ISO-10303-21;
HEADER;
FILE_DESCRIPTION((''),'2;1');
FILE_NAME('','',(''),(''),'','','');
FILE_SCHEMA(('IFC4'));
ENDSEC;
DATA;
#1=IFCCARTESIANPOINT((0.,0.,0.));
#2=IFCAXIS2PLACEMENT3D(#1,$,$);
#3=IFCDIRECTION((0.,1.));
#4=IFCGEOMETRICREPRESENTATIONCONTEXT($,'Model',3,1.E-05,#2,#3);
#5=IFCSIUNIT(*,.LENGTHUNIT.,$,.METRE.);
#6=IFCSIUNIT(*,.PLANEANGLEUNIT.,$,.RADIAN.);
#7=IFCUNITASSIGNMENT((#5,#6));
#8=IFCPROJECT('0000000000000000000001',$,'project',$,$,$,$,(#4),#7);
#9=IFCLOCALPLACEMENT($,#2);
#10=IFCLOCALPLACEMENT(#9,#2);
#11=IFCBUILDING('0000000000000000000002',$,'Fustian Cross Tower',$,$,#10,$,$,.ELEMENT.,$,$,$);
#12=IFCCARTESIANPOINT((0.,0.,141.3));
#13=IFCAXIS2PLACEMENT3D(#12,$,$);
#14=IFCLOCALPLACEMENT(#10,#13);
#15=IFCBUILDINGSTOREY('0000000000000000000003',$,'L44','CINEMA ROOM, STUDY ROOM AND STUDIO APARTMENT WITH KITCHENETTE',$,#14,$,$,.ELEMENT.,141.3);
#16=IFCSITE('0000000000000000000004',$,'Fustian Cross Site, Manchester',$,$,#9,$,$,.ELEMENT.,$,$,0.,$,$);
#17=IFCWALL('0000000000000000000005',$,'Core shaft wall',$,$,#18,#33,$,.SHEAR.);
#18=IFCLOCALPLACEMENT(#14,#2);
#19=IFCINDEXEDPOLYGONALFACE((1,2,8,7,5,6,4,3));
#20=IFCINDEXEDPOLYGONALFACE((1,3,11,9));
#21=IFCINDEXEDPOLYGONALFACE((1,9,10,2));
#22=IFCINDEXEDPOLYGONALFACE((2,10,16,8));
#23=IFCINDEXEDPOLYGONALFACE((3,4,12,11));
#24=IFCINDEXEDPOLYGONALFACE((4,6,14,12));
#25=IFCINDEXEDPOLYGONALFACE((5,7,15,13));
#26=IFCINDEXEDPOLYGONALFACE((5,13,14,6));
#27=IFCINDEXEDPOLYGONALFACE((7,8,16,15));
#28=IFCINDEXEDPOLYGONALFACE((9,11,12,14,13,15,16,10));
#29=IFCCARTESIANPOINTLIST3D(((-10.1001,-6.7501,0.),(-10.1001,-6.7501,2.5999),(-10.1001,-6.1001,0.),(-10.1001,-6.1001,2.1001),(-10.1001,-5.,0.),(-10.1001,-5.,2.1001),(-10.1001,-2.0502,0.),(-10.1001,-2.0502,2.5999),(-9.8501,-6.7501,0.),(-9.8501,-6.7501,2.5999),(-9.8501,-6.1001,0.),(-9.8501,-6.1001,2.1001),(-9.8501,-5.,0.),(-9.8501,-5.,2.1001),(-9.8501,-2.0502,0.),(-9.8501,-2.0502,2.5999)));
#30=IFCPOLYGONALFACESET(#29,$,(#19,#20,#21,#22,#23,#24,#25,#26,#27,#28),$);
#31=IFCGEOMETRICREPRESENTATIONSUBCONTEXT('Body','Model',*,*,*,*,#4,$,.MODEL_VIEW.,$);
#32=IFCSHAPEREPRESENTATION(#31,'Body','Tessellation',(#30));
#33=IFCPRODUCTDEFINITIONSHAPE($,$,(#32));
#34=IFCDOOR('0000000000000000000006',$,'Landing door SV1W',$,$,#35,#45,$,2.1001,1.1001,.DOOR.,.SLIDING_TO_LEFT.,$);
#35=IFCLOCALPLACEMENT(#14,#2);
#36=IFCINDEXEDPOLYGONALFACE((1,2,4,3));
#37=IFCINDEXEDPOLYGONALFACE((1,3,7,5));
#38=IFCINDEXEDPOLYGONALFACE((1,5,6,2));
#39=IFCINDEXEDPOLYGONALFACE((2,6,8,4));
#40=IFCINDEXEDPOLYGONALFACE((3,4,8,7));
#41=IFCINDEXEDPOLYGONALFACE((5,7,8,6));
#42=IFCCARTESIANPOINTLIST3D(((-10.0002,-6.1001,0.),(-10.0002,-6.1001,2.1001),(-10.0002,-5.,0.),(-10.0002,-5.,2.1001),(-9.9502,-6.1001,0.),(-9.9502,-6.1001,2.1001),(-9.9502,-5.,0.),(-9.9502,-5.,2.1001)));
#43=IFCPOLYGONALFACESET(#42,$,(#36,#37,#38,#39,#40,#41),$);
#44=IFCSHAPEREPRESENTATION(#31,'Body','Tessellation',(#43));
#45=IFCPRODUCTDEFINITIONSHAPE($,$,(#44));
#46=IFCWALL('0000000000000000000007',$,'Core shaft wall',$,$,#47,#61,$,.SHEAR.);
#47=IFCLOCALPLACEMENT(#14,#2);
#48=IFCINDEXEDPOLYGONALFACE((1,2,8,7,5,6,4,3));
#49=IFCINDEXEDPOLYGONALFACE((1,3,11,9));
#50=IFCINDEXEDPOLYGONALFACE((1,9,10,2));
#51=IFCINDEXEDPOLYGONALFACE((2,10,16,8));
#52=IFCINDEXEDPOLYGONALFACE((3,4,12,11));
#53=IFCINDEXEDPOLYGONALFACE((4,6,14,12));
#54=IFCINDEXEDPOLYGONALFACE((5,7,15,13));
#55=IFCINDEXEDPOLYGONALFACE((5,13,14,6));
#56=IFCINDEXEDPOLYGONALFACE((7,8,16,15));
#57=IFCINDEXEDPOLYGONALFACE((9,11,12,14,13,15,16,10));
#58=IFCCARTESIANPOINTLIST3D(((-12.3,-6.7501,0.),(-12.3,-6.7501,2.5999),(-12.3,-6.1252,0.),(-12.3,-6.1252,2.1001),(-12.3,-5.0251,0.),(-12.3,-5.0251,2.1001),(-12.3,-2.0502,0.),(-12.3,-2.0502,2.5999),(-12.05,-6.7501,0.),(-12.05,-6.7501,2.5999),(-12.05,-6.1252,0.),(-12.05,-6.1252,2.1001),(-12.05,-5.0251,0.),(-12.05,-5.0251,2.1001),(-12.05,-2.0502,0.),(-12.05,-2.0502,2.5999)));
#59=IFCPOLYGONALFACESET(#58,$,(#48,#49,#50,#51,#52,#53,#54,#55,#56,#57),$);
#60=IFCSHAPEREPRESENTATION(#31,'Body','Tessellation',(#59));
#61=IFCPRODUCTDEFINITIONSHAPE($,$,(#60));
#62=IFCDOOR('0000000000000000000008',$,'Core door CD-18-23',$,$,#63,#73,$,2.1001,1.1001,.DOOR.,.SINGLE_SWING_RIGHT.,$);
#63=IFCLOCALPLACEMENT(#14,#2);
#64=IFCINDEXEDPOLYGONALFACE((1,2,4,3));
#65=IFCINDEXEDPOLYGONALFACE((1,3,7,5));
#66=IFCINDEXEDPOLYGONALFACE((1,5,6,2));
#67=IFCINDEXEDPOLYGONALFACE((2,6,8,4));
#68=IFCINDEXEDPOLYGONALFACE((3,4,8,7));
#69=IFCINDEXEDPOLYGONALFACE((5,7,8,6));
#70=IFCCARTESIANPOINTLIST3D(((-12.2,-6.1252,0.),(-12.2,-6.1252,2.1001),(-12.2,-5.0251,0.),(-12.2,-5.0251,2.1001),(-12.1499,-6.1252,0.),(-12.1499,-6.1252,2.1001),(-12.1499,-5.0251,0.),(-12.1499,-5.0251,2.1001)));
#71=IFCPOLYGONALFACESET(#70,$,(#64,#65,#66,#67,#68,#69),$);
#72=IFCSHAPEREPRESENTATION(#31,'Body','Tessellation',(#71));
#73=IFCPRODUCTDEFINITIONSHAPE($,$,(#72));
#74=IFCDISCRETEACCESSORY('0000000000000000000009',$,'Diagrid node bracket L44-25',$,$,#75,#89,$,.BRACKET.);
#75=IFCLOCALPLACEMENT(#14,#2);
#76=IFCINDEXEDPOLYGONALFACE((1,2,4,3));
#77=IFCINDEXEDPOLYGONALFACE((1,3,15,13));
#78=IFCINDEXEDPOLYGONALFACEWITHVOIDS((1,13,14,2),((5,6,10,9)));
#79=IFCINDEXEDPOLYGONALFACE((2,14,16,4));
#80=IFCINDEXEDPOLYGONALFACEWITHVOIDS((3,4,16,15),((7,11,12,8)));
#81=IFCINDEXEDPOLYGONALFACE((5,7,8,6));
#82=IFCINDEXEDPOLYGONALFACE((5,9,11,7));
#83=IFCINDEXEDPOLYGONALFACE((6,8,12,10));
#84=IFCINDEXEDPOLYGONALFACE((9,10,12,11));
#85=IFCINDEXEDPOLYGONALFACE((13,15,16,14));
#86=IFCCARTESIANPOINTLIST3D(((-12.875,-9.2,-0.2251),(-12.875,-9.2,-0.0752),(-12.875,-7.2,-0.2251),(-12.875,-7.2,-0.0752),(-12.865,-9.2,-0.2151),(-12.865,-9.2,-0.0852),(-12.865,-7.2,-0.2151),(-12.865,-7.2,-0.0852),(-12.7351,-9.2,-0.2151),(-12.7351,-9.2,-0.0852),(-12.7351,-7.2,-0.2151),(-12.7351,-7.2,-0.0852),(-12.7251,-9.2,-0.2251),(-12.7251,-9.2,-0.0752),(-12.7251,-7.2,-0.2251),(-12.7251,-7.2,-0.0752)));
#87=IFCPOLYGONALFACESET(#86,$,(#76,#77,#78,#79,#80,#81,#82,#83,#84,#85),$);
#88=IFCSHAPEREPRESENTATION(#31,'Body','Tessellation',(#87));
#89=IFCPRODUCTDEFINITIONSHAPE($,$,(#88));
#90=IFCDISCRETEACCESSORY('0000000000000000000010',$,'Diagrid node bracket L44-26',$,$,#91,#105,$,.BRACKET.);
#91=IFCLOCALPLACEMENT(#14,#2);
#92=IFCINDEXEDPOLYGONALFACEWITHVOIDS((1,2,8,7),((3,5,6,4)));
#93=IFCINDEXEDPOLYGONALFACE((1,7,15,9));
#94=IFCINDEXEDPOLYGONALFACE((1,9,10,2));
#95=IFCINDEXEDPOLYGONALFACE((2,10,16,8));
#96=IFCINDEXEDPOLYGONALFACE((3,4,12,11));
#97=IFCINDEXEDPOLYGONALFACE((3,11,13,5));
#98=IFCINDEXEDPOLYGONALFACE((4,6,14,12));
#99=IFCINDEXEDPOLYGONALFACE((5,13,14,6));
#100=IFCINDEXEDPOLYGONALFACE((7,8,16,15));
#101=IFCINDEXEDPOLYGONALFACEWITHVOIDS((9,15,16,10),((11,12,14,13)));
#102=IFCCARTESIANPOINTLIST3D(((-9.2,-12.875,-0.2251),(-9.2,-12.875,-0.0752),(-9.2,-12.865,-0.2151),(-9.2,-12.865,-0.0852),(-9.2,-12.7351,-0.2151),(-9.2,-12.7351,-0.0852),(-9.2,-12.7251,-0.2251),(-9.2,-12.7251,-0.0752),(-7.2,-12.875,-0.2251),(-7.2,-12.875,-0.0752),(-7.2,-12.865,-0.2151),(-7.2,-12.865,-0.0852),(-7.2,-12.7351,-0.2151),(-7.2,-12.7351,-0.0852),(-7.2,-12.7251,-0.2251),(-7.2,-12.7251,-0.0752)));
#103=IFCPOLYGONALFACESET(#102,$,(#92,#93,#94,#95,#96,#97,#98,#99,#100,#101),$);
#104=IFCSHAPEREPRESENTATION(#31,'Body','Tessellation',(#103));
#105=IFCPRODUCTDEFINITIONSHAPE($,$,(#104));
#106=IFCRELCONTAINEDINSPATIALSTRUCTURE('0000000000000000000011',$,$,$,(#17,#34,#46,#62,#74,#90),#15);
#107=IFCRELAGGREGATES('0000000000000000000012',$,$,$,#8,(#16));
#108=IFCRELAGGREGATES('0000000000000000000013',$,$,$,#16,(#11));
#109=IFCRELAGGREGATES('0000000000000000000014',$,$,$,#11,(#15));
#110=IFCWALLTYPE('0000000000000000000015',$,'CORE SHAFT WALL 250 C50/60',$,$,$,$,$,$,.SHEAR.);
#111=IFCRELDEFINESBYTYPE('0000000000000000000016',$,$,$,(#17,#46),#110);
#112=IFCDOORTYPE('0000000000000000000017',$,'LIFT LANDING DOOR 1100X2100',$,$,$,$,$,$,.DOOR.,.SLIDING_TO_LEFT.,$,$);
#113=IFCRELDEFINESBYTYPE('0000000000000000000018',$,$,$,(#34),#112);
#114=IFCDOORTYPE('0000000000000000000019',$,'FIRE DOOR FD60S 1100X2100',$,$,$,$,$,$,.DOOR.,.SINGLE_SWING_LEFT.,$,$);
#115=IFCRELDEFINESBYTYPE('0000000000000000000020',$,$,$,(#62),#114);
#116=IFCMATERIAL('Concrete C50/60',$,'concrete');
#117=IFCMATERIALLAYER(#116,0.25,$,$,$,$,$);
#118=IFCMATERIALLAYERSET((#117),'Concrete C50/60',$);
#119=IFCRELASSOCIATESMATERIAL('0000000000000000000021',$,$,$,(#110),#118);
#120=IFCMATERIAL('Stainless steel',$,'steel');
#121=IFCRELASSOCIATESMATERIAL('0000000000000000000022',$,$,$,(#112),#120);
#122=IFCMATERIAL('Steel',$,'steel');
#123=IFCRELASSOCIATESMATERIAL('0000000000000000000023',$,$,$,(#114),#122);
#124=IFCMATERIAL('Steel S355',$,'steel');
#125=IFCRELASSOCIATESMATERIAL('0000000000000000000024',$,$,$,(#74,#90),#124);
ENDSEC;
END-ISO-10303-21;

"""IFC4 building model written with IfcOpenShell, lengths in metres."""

from ifc_helpers import new_model, si_unit, direction, frame, frame_2d, origin, origin_2d, place, context, subcontext, project, spatial, rectangle, hollow_rectangle, extrude, material, layer, layer_set, type_object, element, fill, save


model = new_model("IFC4")

# Units and contexts
model_context = context("Model", 3, precision=1e-05, world=origin(), true_north=direction((0.0, 1.0)))
body_context = subcontext(model_context, "Body", "Model", "MODEL_VIEW")
ifc_project = project(units=[si_unit("LENGTHUNIT", "METRE"), si_unit("PLANEANGLEUNIT", "RADIAN")], contexts=[model_context])

# Site, building, storey
site_placement = place(None, origin())
site = spatial("IfcSite", under=ifc_project, at=site_placement, Name="Fustian Cross Site, Manchester", CompositionType="ELEMENT", RefElevation=0.0)
building_placement = place(site_placement, origin())
building = spatial("IfcBuilding", under=site, at=building_placement, Name="Fustian Cross Tower", CompositionType="ELEMENT")
storey_placement = place(building_placement, frame((0.0, 0.0, 141.3)))
storey = spatial("IfcBuildingStorey", under=building, at=storey_placement, Name="L44", Description="CINEMA ROOM, STUDY ROOM AND STUDIO APARTMENT WITH KITCHENETTE", CompositionType="ELEMENT", Elevation=141.3)

# Shared definitions
ifc_material_1 = material(Name="Concrete C50/60", Category="concrete")
ifc_layer_1 = layer(ifc_material_1, 0.25)
ifc_layer_set_1 = layer_set([ifc_layer_1], Name="Concrete C50/60")
wall_type_1 = type_object("IfcWallType", Name="CORE SHAFT WALL 250 C50/60", PredefinedType="SHEAR", material=ifc_layer_set_1)

# Walls, openings, doors
wall_1_placement = place(storey_placement, frame((-9.9751, -2.05, 0.0), z_axis=(0.0, 0.0, 1.0), x_axis=(0.0, -1.0, 0.0)))
wall_1 = element("IfcWall", 1, at=wall_1_placement, inside=storey, type_object=wall_type_1, Name="Core shaft wall", PredefinedType="SHEAR", context=body_context, shape_type="SweptSolid", body=[
    extrude(rectangle(XDim=4.7, YDim=0.25, at=frame_2d((2.3501, 0.0))), origin(), (0.0, 0.0, 1.0), 2.5999),
])
opening_1_placement = place(wall_1_placement, frame((2.95, 0.0, 0.0)))
opening_1 = element("IfcOpeningElement", 2, at=opening_1_placement, cuts=wall_1, PredefinedType="OPENING", context=body_context, shape_type="SweptSolid", body=[
    extrude(rectangle(XDim=1.1001, YDim=2.1001, at=frame_2d((0.55, 1.05))), frame((0.0, 0.135, 0.0), z_axis=(0.0, -1.0, 0.0), x_axis=(1.0, 0.0, 0.0)), (0.0, 0.0, 1.0), 0.27),
])
ifc_material_2 = material(Name="Stainless steel", Category="steel")
door_type_1 = type_object("IfcDoorType", Name="LIFT LANDING DOOR 1100X2100", OperationType="SLIDING_TO_LEFT", PredefinedType="DOOR", material=ifc_material_2)
door_1_placement = place(opening_1_placement, origin())
door_1 = element("IfcDoor", 3, at=door_1_placement, inside=storey, type_object=door_type_1, Name="Landing door SV1W", OperationType="SLIDING_TO_LEFT", OverallHeight=2.1001, OverallWidth=1.1001, PredefinedType="DOOR", context=body_context, shape_type="SweptSolid", body=[
    extrude(rectangle(XDim=1.1001, YDim=2.1001, at=frame_2d((0.55, 1.05))), frame((0.0, 0.0249, 0.0), z_axis=(0.0, -1.0, 0.0), x_axis=(1.0, 0.0, 0.0)), (0.0, 0.0, 1.0), 0.05),
])
fill(opening_1, door_1)
wall_2_placement = place(storey_placement, frame((-12.175, -2.05, 0.0), z_axis=(0.0, 0.0, 1.0), x_axis=(0.0, -1.0, 0.0)))
wall_2 = element("IfcWall", 4, at=wall_2_placement, inside=storey, type_object=wall_type_1, Name="Core shaft wall", PredefinedType="SHEAR", context=body_context, shape_type="SweptSolid", body=[
    extrude(rectangle(XDim=4.7, YDim=0.25, at=frame_2d((2.3501, 0.0))), origin(), (0.0, 0.0, 1.0), 2.5999),
])
opening_2_placement = place(wall_2_placement, frame((2.9751, 0.0, 0.0)))
opening_2 = element("IfcOpeningElement", 5, at=opening_2_placement, cuts=wall_2, PredefinedType="OPENING", context=body_context, shape_type="SweptSolid", body=[
    extrude(rectangle(XDim=1.1001, YDim=2.1001, at=frame_2d((0.55, 1.05))), frame((0.0, 0.135, 0.0), z_axis=(0.0, -1.0, 0.0), x_axis=(1.0, 0.0, 0.0)), (0.0, 0.0, 1.0), 0.27),
])
ifc_material_3 = material(Name="Steel", Category="steel")
door_type_2 = type_object("IfcDoorType", Name="FIRE DOOR FD60S 1100X2100", OperationType="SINGLE_SWING_LEFT", PredefinedType="DOOR", material=ifc_material_3)
door_2_placement = place(opening_2_placement, frame((1.1001, 0.0, 0.0), z_axis=(0.0, 0.0, 1.0), x_axis=(-1.0, 0.0, 0.0)))
door_2 = element("IfcDoor", 6, at=door_2_placement, inside=storey, type_object=door_type_2, Name="Core door CD-18-23", OperationType="SINGLE_SWING_RIGHT", OverallHeight=2.1001, OverallWidth=1.1001, PredefinedType="DOOR", context=body_context, shape_type="SweptSolid", body=[
    extrude(rectangle(XDim=1.1001, YDim=2.1001, at=frame_2d((0.55, 1.05))), frame((0.0, 0.0249, 0.0), z_axis=(0.0, -1.0, 0.0), x_axis=(1.0, 0.0, 0.0)), (0.0, 0.0, 1.0), 0.05),
])
fill(opening_2, door_2)

# Discrete accessories
ifc_material_4 = material(Name="Steel S355", Category="steel")
for number, where, z_axis, x_axis, name in (
    (7, (-12.8, -9.2, -0.1501), (0.0, 1.0, 0.0), (-1.0, 0.0, 0.0), "Diagrid node bracket L44-25"),
    (8, (-9.2, -12.8, -0.1501), (1.0, 0.0, 0.0), (0.0, 1.0, 0.0), "Diagrid node bracket L44-26"),
):
    element("IfcDiscreteAccessory", number, at=place(storey_placement, frame(where, z_axis=z_axis, x_axis=x_axis)), inside=storey, material=ifc_material_4, Name=name, PredefinedType="BRACKET", context=body_context, shape_type="SweptSolid", body=[
        extrude(hollow_rectangle(XDim=0.1499, YDim=0.1499, WallThickness=0.01, at=origin_2d()), origin(), (0.0, 0.0, 1.0), 2.0),
    ])

save(model, "model.ifc")
